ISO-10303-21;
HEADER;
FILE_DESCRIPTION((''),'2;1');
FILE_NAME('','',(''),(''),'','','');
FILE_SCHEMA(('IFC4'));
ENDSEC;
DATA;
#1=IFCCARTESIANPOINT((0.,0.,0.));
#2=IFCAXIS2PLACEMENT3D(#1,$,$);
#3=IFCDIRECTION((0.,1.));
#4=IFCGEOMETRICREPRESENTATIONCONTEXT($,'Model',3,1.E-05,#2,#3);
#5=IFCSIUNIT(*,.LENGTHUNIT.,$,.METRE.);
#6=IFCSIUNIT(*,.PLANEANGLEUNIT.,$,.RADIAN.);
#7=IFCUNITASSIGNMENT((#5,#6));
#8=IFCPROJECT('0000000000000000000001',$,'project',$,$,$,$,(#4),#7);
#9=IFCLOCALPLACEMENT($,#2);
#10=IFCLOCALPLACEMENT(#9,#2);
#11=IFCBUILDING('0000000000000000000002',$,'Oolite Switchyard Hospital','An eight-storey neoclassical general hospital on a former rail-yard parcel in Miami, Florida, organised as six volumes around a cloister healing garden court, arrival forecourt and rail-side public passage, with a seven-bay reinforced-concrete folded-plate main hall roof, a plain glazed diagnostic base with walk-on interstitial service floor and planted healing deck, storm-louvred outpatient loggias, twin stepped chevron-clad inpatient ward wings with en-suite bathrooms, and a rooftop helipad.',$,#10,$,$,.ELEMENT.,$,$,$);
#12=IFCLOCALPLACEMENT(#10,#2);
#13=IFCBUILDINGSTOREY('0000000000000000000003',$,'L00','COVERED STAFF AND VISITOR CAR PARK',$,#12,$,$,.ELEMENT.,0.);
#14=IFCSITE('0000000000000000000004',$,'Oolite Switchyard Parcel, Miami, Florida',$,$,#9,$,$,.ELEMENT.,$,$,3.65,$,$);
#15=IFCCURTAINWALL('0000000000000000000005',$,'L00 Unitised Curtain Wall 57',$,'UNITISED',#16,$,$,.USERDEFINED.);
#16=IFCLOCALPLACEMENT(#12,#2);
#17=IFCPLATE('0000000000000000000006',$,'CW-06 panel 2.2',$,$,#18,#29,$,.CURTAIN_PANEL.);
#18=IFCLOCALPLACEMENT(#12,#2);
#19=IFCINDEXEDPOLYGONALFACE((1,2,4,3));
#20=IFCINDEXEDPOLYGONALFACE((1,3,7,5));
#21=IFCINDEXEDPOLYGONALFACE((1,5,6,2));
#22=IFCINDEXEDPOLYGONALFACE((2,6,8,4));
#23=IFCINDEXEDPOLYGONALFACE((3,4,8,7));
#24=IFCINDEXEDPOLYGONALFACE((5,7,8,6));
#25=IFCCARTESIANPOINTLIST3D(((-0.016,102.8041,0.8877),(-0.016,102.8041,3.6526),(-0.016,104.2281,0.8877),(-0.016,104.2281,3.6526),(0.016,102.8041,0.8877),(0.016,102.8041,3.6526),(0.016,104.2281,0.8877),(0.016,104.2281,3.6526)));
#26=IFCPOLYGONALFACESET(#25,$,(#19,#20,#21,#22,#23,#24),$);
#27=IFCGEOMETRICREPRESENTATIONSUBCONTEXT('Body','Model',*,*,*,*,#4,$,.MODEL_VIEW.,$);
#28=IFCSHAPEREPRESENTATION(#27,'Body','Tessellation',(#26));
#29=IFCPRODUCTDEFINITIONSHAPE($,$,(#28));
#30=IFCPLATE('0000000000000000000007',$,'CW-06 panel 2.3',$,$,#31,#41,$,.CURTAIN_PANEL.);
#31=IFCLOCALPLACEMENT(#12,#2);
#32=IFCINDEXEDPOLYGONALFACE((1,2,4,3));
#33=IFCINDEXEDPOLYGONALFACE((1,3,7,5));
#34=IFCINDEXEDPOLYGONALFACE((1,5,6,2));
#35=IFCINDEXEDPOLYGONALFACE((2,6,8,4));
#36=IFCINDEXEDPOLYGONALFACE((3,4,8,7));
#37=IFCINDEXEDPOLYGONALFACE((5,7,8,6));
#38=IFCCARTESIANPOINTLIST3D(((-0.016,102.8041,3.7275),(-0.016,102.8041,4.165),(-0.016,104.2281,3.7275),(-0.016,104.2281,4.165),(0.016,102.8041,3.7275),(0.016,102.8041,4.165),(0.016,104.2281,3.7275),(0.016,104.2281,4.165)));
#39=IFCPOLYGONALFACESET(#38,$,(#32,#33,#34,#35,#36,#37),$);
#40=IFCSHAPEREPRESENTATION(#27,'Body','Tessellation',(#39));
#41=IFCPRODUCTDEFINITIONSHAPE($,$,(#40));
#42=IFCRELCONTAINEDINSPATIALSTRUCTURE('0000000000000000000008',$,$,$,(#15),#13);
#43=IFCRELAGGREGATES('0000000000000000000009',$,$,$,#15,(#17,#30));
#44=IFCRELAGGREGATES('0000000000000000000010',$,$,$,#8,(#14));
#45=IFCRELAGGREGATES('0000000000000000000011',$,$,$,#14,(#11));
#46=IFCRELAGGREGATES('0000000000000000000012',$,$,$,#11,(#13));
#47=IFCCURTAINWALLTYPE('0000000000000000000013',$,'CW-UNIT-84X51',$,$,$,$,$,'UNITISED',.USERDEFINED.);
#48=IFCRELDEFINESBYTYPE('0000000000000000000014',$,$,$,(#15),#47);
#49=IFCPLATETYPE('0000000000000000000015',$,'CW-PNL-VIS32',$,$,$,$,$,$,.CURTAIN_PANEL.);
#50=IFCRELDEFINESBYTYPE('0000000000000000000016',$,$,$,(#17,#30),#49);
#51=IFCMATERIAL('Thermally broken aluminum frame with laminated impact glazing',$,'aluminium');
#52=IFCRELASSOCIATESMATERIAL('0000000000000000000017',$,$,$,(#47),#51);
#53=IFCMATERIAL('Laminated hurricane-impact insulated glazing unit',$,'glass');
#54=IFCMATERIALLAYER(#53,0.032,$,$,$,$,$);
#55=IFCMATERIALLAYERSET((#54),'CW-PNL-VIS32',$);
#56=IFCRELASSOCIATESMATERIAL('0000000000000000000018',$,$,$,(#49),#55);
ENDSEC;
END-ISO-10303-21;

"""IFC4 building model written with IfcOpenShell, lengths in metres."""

from ifc_helpers import new_model, si_unit, direction, frame, origin, origin_2d, place, context, subcontext, project, spatial, rectangle, extrude, material, layer, layer_set, type_object, element, aggregate, save


model = new_model("IFC4")

# Units and contexts
model_context = context("Model", 3, precision=1e-05, world=origin(), true_north=direction((0.0, 1.0)))
body_context = subcontext(model_context, "Body", "Model", "MODEL_VIEW")
ifc_project = project(units=[si_unit("LENGTHUNIT", "METRE"), si_unit("PLANEANGLEUNIT", "RADIAN")], contexts=[model_context])

# Site, building, storey
site_placement = place(None, origin())
site = spatial("IfcSite", under=ifc_project, at=site_placement, Name="Oolite Switchyard Parcel, Miami, Florida", CompositionType="ELEMENT", RefElevation=3.65)
building_placement = place(site_placement, origin())
building = spatial("IfcBuilding", under=site, at=building_placement, Name="Oolite Switchyard Hospital", Description="An eight-storey neoclassical general hospital on a former rail-yard parcel in Miami, Florida, organised as six volumes around a cloister healing garden court, arrival forecourt and rail-side public passage, with a seven-bay reinforced-concrete folded-plate main hall roof, a plain glazed diagnostic base with walk-on interstitial service floor and planted healing deck, storm-louvred outpatient loggias, twin stepped chevron-clad inpatient ward wings with en-suite bathrooms, and a rooftop helipad.", CompositionType="ELEMENT")
storey_placement = place(building_placement, origin())
storey = spatial("IfcBuildingStorey", under=building, at=storey_placement, Name="L00", Description="COVERED STAFF AND VISITOR CAR PARK", CompositionType="ELEMENT", Elevation=0.0)

# Curtain wall, plates
ifc_material_1 = material(Name="Thermally broken aluminum frame with laminated impact glazing", Category="aluminium")
curtain_wall_type = type_object("IfcCurtainWallType", Name="CW-UNIT-84X51", ElementType="UNITISED", PredefinedType="USERDEFINED", material=ifc_material_1)
curtain_wall_placement = place(storey_placement, origin())
curtain_wall = element("IfcCurtainWall", 1, at=curtain_wall_placement, inside=storey, type_object=curtain_wall_type, Name="L00 Unitised Curtain Wall 57", ObjectType="UNITISED", PredefinedType="USERDEFINED")
ifc_material_2 = material(Name="Laminated hurricane-impact insulated glazing unit", Category="glass")
ifc_layer = layer(ifc_material_2, 0.032)
ifc_layer_set = layer_set([ifc_layer], Name="CW-PNL-VIS32")
plate_type = type_object("IfcPlateType", Name="CW-PNL-VIS32", PredefinedType="CURTAIN_PANEL", material=ifc_layer_set)
plate_1_placement = place(storey_placement, frame((0.0, 103.5161, 0.8877), z_axis=(0.0, 0.0, 1.0), x_axis=(0.0, 1.0, 0.0)))
plate_1 = element("IfcPlate", 2, at=plate_1_placement, type_object=plate_type, Name="CW-06 panel 2.2", PredefinedType="CURTAIN_PANEL", context=body_context, shape_type="SweptSolid", body=[
    extrude(rectangle(XDim=1.4241, YDim=0.032, at=origin_2d()), origin(), (0.0, 0.0, 1.0), 2.7649),
])
plate_2_placement = place(storey_placement, frame((0.0, 103.5161, 3.7275), z_axis=(0.0, 0.0, 1.0), x_axis=(0.0, 1.0, 0.0)))
plate_2 = element("IfcPlate", 3, at=plate_2_placement, type_object=plate_type, Name="CW-06 panel 2.3", PredefinedType="CURTAIN_PANEL", context=body_context, shape_type="SweptSolid", body=[
    extrude(rectangle(XDim=1.4241, YDim=0.032, at=origin_2d()), origin(), (0.0, 0.0, 1.0), 0.4375),
])
aggregate(curtain_wall, [plate_1, plate_2])

save(model, "model.ifc")
